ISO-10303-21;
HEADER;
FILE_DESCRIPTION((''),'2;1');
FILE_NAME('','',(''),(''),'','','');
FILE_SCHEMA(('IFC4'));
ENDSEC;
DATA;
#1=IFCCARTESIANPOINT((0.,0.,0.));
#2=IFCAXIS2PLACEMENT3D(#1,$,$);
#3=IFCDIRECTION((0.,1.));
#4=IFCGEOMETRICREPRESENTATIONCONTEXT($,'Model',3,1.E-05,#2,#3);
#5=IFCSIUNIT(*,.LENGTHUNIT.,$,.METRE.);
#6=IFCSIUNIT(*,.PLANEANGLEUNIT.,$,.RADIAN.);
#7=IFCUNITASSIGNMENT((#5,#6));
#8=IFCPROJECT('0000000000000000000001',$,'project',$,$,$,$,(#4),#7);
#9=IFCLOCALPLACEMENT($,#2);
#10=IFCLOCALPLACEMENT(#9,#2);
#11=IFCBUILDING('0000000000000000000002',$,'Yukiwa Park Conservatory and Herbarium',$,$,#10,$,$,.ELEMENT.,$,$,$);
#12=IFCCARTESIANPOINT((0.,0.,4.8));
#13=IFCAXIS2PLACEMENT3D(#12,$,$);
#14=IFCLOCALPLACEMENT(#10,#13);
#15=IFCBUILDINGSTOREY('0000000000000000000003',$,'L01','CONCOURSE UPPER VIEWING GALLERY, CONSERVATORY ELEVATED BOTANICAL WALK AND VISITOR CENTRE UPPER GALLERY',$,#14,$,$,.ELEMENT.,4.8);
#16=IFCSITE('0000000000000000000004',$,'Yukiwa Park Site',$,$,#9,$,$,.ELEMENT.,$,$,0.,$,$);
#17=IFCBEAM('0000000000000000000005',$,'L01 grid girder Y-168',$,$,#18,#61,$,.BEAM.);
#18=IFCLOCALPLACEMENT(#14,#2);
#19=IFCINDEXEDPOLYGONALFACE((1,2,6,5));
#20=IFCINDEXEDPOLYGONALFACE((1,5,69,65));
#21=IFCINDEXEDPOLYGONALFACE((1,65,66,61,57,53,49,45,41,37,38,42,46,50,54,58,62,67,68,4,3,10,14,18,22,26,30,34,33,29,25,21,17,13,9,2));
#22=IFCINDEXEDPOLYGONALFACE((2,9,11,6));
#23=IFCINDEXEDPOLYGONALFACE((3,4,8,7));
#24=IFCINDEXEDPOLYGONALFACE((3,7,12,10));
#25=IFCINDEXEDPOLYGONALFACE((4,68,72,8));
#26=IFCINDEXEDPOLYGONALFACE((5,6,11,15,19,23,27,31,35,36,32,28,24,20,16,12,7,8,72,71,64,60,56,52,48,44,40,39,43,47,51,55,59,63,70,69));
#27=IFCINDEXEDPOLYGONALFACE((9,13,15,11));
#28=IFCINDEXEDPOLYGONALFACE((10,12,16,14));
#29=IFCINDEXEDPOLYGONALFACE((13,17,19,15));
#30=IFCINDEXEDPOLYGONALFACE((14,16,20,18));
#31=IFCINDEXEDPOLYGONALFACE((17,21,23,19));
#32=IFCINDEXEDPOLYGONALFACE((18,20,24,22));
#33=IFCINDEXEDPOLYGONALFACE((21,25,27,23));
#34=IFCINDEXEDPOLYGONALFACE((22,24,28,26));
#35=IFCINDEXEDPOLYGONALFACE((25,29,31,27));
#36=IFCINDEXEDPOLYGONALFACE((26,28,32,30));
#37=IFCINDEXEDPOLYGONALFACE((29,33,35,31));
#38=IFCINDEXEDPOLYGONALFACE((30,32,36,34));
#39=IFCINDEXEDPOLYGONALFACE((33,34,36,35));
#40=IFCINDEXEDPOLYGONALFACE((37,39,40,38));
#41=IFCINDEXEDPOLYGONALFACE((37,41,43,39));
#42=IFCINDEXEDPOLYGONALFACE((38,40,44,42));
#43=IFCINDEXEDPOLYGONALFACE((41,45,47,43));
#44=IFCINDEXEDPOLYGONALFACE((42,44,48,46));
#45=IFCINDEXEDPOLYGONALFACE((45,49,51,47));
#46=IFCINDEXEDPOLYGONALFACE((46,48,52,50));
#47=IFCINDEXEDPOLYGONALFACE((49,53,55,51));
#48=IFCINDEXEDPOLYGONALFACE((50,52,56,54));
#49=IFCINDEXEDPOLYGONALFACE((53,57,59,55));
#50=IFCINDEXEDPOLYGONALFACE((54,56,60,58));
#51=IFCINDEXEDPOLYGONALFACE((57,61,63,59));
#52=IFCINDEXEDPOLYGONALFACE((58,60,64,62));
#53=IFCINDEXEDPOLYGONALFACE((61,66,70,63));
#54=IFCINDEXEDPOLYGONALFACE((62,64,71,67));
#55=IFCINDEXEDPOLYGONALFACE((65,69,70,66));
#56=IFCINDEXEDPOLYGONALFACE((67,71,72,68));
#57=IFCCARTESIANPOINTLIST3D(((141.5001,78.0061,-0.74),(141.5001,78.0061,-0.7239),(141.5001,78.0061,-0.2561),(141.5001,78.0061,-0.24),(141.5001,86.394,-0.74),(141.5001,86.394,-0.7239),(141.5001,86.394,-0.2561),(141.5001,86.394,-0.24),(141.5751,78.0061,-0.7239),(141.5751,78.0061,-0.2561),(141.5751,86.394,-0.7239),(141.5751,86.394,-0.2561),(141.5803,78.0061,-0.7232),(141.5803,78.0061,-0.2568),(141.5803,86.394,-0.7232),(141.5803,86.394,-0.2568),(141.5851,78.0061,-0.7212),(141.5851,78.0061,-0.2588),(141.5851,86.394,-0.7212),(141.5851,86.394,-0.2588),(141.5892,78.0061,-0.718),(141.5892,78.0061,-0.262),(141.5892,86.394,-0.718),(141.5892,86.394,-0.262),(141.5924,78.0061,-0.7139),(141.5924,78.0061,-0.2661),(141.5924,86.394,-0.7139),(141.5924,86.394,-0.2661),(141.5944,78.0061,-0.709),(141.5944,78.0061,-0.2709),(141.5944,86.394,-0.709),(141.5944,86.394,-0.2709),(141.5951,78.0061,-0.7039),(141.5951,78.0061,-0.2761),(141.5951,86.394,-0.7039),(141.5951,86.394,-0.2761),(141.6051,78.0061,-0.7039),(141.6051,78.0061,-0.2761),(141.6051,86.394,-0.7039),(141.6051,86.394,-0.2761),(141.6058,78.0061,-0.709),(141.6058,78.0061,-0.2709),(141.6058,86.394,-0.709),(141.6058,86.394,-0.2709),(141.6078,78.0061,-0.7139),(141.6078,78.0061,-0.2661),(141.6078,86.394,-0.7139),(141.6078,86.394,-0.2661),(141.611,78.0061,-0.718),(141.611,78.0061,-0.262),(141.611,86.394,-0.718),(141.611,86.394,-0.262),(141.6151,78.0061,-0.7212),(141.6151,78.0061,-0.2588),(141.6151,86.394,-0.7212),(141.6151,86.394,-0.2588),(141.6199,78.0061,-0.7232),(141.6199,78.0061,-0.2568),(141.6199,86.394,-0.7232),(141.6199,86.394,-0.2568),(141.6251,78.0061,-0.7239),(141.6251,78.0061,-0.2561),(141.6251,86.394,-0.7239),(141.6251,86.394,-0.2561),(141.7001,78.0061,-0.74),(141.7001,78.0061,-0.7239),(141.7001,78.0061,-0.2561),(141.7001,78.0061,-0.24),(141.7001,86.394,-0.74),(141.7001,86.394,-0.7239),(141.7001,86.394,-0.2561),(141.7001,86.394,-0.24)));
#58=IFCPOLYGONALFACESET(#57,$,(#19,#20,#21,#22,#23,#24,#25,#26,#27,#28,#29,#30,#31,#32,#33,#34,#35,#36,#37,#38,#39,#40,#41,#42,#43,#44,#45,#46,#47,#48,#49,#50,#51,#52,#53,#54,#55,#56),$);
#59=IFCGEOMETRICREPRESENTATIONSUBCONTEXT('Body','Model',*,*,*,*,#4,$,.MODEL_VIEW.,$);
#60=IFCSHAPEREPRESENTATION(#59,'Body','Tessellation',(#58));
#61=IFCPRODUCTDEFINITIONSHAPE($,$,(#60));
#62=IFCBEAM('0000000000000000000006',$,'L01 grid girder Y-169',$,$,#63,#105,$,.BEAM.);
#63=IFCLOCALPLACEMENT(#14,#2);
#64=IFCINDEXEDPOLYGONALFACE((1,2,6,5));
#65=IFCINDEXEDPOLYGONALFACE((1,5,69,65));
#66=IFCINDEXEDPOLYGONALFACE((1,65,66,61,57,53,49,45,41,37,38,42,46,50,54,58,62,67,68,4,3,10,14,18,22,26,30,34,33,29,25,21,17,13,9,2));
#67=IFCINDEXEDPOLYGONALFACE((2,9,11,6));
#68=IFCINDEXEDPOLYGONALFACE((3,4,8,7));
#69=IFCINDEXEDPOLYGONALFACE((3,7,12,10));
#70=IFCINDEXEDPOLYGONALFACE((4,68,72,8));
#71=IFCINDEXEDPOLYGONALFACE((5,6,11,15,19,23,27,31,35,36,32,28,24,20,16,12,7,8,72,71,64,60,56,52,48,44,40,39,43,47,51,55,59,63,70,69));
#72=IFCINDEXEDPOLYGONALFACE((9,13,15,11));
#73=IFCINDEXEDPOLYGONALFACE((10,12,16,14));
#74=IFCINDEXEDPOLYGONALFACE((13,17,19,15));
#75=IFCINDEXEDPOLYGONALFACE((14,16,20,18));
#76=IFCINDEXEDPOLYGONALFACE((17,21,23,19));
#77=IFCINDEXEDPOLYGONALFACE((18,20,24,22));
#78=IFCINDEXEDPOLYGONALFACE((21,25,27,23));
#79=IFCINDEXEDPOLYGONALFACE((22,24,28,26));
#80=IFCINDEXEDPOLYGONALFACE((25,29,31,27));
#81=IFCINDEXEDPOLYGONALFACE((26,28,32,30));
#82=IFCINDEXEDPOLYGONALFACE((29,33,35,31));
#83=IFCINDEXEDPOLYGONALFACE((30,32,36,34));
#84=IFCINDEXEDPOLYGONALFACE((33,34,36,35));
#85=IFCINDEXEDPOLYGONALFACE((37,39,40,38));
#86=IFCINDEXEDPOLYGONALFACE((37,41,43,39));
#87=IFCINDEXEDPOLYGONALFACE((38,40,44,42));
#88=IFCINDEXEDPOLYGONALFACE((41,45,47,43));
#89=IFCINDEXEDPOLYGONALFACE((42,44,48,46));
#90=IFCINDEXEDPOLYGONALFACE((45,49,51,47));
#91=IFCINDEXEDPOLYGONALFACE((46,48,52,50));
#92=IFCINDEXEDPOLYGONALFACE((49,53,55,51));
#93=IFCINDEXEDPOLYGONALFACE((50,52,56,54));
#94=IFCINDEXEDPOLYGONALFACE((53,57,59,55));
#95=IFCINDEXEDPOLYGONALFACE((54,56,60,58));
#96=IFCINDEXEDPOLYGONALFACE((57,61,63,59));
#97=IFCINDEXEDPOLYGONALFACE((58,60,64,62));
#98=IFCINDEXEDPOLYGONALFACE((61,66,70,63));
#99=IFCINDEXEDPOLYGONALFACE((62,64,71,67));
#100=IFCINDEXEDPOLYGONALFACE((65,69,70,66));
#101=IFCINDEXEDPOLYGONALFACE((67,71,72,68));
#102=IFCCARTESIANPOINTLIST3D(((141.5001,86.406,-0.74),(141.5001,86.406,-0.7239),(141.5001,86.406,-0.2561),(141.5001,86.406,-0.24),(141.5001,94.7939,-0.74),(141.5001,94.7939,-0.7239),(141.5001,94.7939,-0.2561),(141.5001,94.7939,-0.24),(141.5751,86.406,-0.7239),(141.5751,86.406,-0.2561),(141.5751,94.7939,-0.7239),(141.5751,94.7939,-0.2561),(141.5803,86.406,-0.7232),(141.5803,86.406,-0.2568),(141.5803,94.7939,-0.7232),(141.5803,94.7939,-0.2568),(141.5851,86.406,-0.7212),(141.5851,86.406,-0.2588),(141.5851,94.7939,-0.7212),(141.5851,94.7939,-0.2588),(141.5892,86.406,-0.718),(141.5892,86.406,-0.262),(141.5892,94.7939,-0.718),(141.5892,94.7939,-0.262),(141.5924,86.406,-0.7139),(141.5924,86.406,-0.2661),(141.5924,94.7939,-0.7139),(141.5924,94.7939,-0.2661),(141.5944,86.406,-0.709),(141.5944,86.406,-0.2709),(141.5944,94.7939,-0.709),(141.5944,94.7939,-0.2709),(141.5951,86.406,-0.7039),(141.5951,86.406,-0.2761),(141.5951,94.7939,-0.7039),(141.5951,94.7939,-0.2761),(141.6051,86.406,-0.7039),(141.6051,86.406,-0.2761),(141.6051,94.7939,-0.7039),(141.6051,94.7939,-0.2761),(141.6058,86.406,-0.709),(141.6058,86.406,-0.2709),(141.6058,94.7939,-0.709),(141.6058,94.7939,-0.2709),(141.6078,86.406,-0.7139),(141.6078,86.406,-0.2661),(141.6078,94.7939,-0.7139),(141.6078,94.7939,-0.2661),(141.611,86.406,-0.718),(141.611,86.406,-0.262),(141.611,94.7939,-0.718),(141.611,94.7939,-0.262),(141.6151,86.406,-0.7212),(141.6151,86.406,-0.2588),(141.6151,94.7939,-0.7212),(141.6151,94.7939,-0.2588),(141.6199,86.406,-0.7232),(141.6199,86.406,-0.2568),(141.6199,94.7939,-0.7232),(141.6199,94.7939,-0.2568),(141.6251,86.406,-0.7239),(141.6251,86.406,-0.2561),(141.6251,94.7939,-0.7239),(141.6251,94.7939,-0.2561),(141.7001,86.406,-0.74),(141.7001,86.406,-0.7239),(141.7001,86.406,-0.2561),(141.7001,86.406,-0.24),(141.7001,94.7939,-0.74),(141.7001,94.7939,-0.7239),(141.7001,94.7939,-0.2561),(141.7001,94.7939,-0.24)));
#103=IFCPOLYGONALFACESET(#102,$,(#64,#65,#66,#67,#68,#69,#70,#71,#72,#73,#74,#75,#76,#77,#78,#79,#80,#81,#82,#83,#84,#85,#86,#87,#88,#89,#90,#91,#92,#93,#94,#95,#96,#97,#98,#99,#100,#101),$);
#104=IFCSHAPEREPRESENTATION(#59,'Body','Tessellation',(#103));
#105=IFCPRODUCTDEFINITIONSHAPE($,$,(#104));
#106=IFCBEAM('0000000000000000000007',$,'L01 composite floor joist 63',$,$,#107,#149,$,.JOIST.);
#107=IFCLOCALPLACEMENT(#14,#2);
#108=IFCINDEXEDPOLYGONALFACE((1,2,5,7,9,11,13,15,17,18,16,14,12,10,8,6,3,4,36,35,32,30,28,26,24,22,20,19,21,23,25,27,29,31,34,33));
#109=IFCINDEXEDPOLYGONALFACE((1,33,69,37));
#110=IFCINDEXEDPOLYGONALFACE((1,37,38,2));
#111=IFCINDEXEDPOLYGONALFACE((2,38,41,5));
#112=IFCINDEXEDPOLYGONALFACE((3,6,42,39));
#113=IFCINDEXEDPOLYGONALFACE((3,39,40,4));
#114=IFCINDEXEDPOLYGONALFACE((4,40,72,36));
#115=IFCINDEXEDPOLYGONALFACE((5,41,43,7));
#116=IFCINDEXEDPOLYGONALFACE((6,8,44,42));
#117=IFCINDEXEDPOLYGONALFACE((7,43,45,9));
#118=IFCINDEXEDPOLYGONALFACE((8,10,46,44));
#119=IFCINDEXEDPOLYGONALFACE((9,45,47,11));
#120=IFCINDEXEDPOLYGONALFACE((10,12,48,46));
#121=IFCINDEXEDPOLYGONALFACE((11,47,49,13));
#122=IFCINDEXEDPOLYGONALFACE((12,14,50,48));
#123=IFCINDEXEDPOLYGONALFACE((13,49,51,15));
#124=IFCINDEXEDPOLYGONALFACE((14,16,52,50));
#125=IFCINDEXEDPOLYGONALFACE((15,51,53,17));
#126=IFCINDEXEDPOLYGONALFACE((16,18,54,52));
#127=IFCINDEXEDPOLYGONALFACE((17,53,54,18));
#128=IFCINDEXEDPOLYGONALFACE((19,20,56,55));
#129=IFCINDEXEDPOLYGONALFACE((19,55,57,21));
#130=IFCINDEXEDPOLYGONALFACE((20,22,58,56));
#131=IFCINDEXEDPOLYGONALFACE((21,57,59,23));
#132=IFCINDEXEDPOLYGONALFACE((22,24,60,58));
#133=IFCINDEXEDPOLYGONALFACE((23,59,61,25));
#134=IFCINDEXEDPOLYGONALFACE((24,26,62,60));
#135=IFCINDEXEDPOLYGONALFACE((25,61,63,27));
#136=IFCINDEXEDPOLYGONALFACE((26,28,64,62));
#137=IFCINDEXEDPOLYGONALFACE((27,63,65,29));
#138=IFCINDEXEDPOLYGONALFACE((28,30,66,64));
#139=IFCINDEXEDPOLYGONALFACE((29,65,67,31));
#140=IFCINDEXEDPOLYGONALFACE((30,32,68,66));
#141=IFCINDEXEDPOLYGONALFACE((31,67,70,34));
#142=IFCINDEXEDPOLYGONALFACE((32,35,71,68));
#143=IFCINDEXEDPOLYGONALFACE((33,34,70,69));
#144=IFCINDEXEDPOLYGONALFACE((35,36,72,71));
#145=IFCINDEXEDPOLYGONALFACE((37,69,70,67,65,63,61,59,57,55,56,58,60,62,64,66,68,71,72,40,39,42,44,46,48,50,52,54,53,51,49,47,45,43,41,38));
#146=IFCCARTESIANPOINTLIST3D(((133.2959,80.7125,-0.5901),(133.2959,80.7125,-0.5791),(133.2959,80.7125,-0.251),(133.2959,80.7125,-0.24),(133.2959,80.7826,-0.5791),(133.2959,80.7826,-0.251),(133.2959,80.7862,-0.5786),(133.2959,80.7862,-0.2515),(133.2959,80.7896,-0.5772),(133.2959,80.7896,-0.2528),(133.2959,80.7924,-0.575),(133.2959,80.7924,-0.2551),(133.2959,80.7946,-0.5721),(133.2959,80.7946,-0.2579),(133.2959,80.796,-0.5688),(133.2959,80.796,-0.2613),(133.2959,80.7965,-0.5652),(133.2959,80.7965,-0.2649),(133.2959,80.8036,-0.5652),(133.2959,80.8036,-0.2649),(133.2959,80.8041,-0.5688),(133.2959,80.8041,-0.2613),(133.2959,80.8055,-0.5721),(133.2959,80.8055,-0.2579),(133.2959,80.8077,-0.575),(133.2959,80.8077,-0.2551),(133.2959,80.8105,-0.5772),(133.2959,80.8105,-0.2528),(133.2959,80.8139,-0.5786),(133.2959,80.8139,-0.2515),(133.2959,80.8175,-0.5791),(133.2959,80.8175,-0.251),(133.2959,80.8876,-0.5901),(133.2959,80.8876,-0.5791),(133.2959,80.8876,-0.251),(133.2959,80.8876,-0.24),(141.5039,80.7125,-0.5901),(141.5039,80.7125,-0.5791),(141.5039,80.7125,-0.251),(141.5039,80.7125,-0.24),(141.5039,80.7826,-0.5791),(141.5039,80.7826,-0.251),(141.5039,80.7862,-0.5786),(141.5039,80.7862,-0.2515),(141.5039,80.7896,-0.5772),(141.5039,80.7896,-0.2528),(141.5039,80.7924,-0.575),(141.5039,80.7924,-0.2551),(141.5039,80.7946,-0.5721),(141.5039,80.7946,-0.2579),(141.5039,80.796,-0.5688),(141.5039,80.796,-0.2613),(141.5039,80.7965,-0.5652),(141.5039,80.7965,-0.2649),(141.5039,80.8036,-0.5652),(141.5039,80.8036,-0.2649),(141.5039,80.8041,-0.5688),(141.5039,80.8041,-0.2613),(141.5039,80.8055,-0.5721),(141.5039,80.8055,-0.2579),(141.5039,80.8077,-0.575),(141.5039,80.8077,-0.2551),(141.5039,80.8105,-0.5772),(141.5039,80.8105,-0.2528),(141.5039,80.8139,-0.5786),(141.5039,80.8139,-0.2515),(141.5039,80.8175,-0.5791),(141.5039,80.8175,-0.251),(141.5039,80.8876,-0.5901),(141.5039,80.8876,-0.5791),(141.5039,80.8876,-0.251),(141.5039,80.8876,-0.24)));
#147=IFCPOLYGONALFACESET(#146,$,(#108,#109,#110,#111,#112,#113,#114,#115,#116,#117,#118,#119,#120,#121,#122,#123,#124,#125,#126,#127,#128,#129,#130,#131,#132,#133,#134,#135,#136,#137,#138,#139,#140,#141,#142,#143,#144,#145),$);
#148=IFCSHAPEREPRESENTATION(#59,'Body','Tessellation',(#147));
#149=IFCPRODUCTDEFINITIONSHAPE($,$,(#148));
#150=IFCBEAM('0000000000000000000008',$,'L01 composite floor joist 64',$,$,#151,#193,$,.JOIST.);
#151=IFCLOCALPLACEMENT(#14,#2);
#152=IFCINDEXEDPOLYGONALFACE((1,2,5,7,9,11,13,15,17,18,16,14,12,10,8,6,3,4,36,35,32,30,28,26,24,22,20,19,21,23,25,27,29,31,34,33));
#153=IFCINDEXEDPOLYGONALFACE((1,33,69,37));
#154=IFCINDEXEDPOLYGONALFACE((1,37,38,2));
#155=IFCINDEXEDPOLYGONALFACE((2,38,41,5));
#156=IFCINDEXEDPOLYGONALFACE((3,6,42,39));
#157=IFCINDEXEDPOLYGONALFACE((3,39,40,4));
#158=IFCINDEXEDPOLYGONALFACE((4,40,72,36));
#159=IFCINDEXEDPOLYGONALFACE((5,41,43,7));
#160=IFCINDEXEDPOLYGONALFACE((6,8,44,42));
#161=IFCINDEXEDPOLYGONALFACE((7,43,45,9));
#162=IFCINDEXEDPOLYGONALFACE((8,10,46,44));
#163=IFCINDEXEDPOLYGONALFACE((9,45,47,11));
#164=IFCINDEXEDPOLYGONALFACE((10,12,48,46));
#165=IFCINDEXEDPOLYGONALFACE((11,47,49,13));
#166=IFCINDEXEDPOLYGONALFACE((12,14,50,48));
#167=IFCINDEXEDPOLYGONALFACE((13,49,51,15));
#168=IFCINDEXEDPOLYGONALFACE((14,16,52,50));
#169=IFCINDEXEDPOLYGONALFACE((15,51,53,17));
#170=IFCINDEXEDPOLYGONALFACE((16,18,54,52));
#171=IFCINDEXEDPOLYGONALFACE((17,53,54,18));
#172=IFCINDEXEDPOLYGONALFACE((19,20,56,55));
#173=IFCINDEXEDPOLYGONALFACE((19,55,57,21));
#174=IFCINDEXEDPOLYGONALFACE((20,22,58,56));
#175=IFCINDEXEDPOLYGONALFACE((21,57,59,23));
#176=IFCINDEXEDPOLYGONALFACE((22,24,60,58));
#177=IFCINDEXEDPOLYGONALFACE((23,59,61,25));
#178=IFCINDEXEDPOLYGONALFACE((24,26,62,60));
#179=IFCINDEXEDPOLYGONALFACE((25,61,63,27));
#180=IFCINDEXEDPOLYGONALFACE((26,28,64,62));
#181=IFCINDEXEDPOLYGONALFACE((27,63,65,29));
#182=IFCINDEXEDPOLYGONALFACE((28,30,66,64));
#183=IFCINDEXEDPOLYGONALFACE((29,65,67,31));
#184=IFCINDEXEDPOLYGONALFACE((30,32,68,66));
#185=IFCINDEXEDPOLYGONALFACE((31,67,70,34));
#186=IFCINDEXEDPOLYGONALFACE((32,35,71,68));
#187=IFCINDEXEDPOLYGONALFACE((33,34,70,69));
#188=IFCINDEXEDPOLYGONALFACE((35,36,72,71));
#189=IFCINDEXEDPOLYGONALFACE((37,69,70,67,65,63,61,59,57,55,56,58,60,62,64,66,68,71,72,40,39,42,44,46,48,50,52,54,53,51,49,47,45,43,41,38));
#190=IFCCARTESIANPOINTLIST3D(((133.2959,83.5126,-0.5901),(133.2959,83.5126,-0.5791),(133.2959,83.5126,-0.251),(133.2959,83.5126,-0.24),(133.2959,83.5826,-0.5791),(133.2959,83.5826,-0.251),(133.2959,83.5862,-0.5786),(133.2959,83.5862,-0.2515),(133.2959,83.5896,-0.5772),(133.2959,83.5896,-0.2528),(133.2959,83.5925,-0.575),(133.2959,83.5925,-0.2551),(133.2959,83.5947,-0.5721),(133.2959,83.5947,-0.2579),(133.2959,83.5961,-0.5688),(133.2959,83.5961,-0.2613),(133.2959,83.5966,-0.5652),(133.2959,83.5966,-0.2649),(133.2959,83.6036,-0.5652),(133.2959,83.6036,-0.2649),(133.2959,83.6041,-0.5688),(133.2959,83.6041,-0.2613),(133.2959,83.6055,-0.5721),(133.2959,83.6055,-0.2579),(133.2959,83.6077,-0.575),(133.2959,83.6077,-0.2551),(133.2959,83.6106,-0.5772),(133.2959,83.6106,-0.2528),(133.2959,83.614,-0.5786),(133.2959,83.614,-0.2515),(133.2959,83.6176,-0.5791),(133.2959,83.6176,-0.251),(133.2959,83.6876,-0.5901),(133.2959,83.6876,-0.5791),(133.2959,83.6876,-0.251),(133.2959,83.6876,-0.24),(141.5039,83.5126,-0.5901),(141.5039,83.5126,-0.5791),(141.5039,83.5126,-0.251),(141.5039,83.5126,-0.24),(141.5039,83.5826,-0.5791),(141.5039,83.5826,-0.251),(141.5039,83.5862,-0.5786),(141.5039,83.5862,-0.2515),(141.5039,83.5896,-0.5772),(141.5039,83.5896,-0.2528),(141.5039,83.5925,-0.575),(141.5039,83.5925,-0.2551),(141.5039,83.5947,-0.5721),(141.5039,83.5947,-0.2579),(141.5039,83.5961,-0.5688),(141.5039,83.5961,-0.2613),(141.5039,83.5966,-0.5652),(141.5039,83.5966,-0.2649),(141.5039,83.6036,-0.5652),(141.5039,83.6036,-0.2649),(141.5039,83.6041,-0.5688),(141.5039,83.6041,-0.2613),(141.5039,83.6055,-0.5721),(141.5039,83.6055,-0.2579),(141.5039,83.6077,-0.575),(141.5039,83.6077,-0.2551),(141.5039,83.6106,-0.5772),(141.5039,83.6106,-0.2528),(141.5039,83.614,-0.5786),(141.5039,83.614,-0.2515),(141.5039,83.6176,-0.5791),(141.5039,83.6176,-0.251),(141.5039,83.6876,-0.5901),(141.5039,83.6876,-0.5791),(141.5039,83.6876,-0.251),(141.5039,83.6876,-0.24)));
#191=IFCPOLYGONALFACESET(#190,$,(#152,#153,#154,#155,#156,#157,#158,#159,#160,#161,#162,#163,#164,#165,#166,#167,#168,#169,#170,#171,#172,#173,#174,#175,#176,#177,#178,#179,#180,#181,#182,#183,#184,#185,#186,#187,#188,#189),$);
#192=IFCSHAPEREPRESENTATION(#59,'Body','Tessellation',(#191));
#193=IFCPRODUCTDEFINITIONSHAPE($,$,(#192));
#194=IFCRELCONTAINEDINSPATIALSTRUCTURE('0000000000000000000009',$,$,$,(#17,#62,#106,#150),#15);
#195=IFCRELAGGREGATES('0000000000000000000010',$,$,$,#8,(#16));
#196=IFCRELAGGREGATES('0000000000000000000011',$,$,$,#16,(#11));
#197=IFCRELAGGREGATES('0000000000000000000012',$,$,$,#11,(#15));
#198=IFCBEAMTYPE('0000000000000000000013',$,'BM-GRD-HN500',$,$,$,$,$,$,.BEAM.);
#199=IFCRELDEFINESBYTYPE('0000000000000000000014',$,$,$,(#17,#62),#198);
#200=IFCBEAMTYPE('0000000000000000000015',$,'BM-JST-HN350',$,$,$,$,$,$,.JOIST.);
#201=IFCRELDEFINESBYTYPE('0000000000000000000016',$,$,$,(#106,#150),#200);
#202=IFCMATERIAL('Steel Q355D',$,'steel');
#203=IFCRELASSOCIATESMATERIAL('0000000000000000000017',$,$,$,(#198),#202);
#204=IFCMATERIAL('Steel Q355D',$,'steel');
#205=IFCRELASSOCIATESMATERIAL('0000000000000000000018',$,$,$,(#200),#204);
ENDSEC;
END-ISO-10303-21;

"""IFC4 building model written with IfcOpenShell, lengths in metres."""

from ifc_helpers import new_model, si_unit, direction, frame, origin, origin_2d, place, context, subcontext, project, spatial, i_section, extrude, material, material_profile, profile_set, type_object, element, save


model = new_model("IFC4")

# Units and contexts
model_context = context("Model", 3, precision=1e-05, world=origin(), true_north=direction((0.0, 1.0)))
body_context = subcontext(model_context, "Body", "Model", "MODEL_VIEW")
ifc_project = project(units=[si_unit("LENGTHUNIT", "METRE"), si_unit("PLANEANGLEUNIT", "RADIAN")], contexts=[model_context])

# Site, building, storey
site_placement = place(None, origin())
site = spatial("IfcSite", under=ifc_project, at=site_placement, Name="Yukiwa Park Site", CompositionType="ELEMENT", RefElevation=0.0)
building_placement = place(site_placement, origin())
building = spatial("IfcBuilding", under=site, at=building_placement, Name="Yukiwa Park Conservatory and Herbarium", CompositionType="ELEMENT")
storey_placement = place(building_placement, frame((0.0, 0.0, 4.8)))
storey = spatial("IfcBuildingStorey", under=building, at=storey_placement, Name="L01", Description="CONCOURSE UPPER VIEWING GALLERY, CONSERVATORY ELEVATED BOTANICAL WALK AND VISITOR CENTRE UPPER GALLERY", CompositionType="ELEMENT", Elevation=4.8)

# Beams
ifc_material_1 = material(Name="Steel Q355D", Category="steel")
ifc_material_profile_1 = material_profile(ifc_material_1, i_section(OverallWidth=0.2, OverallDepth=0.5, WebThickness=0.01, FlangeThickness=0.0161, FilletRadius=0.02, at=origin_2d()), Name="HN 500x200x10x16")
ifc_profile_set_1 = profile_set([ifc_material_profile_1], Name="Steel Q355D")
beam_type_1 = type_object("IfcBeamType", Name="BM-GRD-HN500", PredefinedType="BEAM", material=ifc_profile_set_1)
for number, where, z_axis, x_axis, name in (
    (1, (141.6001, 78.0061, -0.49), (0.0, 1.0, 0.0), (-1.0, 0.0, 0.0), "L01 grid girder Y-168"),
    (2, (141.6001, 86.406, -0.49), (0.0, 1.0, 0.0), (-1.0, 0.0, 0.0), "L01 grid girder Y-169"),
):
    element("IfcBeam", number, at=place(storey_placement, frame(where, z_axis=z_axis, x_axis=x_axis)), inside=storey, type_object=beam_type_1, Name=name, PredefinedType="BEAM", context=body_context, shape_type="SweptSolid", body=[
        extrude(i_section(OverallWidth=0.2, OverallDepth=0.5, WebThickness=0.01, FlangeThickness=0.0161, FilletRadius=0.02, at=origin_2d()), origin(), (0.0, 0.0, 1.0), 8.3879),
    ])
ifc_material_2 = material(Name="Steel Q355D", Category="steel")
ifc_material_profile_2 = material_profile(ifc_material_2, i_section(OverallWidth=0.175, OverallDepth=0.3501, WebThickness=0.0071, FlangeThickness=0.011, FilletRadius=0.0139, at=origin_2d()), Name="HN 350x175x7x11")
ifc_profile_set_2 = profile_set([ifc_material_profile_2], Name="Steel Q355D")
beam_type_2 = type_object("IfcBeamType", Name="BM-JST-HN350", PredefinedType="JOIST", material=ifc_profile_set_2)
for number, where, z_axis, x_axis, name in (
    (3, (133.2959, 80.8, -0.415), (1.0, 0.0, 0.0), (0.0, 1.0, 0.0), "L01 composite floor joist 63"),
    (4, (133.2959, 83.6001, -0.415), (1.0, 0.0, 0.0), (0.0, 1.0, 0.0), "L01 composite floor joist 64"),
):
    element("IfcBeam", number, at=place(storey_placement, frame(where, z_axis=z_axis, x_axis=x_axis)), inside=storey, type_object=beam_type_2, Name=name, PredefinedType="JOIST", context=body_context, shape_type="SweptSolid", body=[
        extrude(i_section(OverallWidth=0.175, OverallDepth=0.3501, WebThickness=0.0071, FlangeThickness=0.011, FilletRadius=0.0139, at=origin_2d()), origin(), (0.0, 0.0, 1.0), 8.208),
    ])

save(model, "model.ifc")
